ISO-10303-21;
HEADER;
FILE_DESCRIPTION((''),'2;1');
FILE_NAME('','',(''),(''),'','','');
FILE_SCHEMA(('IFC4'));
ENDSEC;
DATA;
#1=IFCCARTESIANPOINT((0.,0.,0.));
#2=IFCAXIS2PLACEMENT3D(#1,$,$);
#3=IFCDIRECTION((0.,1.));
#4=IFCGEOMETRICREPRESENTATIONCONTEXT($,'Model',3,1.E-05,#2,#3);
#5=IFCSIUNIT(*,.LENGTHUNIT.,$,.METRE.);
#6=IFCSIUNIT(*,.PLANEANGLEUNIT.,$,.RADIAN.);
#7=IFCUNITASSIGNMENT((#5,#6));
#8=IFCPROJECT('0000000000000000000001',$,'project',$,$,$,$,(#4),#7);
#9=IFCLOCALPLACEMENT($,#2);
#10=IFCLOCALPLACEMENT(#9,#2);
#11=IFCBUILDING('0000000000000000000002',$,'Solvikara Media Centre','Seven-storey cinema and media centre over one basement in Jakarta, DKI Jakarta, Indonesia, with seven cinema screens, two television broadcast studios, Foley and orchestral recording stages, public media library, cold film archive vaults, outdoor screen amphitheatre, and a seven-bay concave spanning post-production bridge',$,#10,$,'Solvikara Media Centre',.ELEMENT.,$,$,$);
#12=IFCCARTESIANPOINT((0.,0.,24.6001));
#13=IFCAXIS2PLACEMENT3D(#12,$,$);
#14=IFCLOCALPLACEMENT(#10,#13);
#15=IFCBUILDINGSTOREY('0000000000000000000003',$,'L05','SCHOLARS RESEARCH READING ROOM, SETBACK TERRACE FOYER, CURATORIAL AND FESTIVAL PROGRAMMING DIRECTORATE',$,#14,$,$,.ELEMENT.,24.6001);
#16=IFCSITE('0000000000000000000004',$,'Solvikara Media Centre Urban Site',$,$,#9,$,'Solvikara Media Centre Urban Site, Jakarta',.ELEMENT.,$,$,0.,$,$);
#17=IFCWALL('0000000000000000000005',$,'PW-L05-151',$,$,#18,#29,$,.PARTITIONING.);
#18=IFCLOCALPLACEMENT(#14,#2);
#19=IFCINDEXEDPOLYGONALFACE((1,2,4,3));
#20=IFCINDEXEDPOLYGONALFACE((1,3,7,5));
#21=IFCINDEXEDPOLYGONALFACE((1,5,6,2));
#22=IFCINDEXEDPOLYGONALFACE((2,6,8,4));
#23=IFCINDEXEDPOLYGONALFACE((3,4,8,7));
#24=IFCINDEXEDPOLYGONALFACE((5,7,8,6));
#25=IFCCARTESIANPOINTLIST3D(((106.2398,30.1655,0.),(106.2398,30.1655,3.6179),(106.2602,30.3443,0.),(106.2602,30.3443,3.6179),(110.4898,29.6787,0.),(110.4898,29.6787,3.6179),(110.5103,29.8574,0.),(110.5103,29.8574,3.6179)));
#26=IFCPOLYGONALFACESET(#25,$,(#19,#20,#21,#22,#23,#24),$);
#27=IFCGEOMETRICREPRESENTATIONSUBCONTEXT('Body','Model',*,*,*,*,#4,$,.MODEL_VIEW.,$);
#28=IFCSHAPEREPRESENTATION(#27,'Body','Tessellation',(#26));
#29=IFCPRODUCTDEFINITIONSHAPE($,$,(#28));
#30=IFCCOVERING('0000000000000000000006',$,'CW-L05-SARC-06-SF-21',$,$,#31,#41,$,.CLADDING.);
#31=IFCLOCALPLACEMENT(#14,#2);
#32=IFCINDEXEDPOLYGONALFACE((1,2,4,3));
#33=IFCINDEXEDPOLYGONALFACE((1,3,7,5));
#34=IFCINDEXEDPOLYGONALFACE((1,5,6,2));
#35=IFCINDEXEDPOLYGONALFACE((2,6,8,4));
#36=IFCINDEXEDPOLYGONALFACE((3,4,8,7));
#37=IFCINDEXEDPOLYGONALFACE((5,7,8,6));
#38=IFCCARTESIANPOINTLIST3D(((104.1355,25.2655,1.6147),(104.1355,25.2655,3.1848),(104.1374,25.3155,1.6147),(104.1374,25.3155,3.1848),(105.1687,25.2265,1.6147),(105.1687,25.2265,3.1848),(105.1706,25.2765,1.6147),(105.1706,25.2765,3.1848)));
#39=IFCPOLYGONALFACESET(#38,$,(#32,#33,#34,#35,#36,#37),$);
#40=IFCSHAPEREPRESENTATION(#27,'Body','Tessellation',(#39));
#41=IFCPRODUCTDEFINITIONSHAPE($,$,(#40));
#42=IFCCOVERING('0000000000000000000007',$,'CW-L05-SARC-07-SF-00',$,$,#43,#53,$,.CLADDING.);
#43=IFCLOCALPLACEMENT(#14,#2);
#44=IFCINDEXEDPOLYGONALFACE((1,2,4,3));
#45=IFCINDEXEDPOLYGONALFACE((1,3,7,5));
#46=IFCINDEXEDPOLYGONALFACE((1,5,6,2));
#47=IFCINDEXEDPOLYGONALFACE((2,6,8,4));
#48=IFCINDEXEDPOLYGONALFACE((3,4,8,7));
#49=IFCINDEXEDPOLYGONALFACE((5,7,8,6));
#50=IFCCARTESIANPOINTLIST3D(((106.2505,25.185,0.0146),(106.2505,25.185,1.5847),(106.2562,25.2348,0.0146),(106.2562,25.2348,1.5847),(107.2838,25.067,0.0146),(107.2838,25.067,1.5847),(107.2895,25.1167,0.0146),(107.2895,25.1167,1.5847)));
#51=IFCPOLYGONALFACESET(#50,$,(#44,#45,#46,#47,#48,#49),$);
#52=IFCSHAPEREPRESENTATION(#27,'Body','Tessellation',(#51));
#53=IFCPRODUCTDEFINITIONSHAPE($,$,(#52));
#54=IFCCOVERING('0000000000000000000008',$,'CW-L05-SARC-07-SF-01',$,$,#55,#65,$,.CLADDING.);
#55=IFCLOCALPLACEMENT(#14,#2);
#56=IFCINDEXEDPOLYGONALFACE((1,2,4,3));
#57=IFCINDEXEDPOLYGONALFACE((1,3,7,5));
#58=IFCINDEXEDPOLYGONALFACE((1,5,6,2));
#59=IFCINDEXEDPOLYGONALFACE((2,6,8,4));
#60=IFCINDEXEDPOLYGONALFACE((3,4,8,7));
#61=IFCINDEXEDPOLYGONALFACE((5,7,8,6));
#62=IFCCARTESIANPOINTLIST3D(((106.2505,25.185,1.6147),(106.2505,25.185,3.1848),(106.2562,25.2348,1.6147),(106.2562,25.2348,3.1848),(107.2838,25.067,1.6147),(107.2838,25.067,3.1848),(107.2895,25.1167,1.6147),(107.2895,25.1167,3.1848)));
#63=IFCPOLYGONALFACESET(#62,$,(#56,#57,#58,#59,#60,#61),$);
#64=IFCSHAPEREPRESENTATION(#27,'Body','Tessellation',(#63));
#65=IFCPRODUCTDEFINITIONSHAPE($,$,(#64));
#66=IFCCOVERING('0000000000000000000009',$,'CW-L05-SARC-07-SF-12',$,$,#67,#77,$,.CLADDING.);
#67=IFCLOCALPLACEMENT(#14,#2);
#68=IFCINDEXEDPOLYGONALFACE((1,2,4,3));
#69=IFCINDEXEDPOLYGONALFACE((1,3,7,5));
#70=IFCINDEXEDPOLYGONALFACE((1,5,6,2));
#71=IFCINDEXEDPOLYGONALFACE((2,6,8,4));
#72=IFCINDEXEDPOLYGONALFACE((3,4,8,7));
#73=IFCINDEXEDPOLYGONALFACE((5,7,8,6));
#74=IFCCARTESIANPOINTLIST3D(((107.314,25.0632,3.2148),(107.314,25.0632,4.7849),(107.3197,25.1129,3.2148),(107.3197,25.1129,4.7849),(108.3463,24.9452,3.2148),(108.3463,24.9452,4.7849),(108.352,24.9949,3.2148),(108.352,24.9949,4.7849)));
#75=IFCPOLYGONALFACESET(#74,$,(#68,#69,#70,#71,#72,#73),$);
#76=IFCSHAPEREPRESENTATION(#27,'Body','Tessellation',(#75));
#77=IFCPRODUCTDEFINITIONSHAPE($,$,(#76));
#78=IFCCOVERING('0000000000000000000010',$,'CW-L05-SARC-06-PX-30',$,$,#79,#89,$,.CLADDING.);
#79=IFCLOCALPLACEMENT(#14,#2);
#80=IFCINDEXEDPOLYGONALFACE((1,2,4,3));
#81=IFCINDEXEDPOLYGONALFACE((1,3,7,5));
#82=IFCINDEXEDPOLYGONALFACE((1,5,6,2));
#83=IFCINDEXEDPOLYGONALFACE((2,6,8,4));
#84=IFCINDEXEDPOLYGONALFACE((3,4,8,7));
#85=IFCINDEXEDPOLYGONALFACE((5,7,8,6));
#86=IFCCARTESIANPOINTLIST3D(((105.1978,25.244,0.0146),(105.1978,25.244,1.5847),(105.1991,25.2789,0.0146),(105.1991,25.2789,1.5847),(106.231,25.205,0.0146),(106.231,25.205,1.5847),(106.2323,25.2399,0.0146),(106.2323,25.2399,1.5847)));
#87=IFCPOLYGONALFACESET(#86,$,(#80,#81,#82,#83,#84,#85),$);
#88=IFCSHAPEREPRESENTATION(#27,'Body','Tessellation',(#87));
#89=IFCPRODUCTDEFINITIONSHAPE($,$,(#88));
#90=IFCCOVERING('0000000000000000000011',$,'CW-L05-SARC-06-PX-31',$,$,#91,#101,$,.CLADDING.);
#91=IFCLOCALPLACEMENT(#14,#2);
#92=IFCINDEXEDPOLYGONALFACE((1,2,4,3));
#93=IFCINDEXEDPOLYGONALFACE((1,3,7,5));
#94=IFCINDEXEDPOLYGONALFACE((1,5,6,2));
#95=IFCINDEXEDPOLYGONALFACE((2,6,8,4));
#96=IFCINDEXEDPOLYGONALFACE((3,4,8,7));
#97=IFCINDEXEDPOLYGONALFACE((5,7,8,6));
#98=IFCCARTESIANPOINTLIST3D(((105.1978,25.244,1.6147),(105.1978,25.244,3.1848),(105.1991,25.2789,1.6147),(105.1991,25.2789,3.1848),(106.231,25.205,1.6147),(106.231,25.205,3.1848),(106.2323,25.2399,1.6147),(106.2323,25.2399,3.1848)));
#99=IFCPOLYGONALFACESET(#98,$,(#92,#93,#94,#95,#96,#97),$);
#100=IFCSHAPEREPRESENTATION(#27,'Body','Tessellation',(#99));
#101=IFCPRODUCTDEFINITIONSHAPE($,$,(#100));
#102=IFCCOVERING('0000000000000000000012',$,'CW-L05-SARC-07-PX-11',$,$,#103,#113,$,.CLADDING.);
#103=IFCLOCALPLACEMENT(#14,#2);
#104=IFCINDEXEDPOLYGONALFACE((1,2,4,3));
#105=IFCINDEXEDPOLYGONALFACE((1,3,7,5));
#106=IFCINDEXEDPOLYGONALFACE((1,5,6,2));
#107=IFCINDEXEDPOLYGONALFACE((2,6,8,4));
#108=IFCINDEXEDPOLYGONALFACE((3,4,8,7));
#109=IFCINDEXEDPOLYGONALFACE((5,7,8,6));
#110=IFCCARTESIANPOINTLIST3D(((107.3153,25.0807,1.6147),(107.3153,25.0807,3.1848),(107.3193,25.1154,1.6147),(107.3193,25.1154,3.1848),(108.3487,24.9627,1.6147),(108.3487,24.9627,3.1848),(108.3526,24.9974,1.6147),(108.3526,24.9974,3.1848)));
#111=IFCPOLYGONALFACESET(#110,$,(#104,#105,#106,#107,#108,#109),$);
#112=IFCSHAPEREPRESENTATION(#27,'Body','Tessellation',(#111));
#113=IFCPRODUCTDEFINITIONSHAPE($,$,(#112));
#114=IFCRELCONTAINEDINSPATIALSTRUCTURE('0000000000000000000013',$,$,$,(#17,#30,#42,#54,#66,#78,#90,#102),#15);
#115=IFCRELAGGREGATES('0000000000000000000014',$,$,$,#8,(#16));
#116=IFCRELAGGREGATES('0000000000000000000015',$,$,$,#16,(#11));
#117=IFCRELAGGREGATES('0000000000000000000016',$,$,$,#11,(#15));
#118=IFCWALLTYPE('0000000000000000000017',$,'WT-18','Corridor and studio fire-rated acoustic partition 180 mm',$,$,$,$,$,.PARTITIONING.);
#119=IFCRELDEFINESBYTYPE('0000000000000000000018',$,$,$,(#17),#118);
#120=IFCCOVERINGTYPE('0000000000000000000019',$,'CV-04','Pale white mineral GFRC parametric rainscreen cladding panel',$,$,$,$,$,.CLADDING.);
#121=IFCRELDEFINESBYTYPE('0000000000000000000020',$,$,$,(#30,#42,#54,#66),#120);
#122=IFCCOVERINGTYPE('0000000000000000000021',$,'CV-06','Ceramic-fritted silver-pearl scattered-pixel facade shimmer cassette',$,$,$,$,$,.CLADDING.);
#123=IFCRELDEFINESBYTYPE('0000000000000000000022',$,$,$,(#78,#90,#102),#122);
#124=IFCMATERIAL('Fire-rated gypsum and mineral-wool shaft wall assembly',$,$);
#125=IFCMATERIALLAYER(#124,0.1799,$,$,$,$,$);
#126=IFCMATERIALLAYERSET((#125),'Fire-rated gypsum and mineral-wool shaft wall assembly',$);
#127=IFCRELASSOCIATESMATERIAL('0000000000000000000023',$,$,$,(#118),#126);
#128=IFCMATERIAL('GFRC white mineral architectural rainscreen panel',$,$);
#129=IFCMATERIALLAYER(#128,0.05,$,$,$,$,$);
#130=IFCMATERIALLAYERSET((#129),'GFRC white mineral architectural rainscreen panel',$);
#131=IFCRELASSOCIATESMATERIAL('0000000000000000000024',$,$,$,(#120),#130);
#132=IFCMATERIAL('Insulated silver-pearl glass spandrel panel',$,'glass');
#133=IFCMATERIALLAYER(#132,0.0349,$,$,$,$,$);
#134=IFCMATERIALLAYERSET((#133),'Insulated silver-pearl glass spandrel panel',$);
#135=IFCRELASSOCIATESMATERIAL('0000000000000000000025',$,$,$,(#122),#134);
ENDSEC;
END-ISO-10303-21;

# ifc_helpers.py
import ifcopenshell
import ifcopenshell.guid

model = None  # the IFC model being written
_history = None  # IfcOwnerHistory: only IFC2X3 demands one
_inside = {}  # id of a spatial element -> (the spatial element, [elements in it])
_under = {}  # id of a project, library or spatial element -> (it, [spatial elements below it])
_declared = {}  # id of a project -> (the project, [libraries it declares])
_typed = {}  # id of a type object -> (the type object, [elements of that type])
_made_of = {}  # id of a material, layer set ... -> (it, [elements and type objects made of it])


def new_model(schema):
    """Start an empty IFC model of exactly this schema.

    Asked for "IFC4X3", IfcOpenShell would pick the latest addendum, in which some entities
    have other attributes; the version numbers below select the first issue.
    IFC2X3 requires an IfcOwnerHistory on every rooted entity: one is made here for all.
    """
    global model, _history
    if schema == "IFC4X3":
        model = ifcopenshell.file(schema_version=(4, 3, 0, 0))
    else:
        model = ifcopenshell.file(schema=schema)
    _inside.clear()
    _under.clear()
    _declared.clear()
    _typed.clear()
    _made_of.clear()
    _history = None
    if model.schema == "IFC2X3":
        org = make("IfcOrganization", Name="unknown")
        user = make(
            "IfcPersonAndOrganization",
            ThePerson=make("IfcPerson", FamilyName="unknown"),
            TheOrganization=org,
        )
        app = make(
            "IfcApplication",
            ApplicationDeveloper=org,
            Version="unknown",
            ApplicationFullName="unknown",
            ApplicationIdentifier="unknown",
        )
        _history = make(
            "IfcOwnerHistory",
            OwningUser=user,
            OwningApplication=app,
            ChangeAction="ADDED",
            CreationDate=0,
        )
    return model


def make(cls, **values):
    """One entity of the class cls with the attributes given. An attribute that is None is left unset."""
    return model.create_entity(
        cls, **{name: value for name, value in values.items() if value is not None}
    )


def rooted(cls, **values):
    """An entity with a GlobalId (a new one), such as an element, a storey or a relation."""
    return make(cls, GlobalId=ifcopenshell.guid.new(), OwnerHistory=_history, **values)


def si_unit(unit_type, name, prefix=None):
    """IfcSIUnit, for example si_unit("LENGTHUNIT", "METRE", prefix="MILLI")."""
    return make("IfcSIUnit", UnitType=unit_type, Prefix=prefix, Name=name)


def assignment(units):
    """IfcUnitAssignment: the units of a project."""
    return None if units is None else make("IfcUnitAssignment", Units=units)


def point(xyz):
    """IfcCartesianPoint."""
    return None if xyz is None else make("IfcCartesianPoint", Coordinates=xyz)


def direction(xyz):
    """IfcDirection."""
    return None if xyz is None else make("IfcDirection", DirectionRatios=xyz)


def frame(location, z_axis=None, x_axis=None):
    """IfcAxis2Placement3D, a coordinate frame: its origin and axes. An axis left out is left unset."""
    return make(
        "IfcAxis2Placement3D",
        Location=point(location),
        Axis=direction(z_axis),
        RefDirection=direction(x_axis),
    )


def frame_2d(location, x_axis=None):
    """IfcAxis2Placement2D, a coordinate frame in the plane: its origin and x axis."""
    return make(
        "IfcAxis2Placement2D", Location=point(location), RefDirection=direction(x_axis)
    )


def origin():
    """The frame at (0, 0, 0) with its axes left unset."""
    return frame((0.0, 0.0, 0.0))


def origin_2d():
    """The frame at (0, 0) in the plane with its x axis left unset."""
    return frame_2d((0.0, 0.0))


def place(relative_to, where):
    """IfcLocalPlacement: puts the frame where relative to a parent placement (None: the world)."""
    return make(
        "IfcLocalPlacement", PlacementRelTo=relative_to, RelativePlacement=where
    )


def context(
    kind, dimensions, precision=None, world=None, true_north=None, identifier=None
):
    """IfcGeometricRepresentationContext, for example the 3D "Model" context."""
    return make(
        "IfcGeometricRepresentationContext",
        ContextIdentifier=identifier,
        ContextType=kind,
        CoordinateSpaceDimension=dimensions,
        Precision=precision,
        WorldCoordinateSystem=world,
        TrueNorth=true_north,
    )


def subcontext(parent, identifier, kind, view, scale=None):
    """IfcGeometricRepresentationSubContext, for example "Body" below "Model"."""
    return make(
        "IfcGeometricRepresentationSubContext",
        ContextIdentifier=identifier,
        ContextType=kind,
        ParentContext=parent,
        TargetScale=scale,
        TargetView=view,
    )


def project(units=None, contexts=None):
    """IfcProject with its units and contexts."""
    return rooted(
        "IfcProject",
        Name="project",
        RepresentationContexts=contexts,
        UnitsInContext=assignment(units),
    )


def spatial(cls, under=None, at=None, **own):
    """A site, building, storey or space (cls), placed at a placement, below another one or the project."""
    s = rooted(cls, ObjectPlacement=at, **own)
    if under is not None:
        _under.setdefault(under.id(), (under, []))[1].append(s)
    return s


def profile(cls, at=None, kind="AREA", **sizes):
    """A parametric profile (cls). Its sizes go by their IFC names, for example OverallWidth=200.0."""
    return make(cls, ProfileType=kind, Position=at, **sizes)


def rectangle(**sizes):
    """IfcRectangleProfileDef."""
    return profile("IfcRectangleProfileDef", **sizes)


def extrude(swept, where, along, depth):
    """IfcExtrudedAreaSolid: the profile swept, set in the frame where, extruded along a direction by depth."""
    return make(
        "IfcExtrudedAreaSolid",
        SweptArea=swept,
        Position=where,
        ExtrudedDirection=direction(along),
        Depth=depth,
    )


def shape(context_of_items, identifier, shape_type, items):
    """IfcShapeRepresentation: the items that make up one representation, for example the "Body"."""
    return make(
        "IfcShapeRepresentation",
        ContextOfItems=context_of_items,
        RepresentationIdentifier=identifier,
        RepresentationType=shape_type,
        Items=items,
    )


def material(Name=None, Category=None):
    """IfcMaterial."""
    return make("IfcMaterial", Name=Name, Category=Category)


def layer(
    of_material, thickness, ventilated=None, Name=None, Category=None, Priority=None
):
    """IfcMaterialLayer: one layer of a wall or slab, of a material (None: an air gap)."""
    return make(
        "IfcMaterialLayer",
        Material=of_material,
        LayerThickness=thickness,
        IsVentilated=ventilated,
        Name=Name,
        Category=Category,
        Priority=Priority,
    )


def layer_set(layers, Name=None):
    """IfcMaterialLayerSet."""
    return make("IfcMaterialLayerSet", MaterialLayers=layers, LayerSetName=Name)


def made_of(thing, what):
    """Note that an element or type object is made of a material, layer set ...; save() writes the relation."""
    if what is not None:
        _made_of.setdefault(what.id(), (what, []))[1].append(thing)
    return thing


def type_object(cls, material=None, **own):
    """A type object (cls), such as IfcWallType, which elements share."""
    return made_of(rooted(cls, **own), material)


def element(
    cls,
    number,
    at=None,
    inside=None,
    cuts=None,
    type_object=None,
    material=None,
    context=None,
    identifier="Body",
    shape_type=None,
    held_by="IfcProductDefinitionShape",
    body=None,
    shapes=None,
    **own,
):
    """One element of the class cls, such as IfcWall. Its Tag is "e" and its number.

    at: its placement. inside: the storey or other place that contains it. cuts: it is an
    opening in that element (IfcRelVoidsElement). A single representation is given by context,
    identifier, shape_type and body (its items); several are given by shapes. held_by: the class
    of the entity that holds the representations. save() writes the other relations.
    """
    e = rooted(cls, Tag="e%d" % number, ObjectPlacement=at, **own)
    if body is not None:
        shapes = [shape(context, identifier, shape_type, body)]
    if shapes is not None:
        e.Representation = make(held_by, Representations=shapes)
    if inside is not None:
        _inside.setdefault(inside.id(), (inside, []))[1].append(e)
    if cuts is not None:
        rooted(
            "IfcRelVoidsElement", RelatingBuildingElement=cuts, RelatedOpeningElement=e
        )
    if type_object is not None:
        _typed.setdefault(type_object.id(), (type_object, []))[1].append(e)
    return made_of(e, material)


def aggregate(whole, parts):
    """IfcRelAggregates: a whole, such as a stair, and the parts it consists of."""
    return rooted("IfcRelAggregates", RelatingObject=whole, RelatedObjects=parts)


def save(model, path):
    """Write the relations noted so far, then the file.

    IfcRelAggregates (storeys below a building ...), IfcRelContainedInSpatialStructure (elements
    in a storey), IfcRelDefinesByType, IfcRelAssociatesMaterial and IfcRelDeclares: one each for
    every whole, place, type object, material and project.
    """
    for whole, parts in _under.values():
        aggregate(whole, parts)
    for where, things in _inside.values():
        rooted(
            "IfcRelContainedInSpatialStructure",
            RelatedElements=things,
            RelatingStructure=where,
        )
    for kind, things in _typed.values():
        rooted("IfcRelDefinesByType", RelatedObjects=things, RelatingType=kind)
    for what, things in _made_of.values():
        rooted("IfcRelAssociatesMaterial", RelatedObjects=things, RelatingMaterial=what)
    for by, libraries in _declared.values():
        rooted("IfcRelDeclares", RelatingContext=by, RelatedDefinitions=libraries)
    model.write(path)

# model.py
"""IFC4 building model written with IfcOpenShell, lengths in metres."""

from ifc_helpers import new_model, si_unit, direction, frame, frame_2d, origin, origin_2d, place, context, subcontext, project, spatial, rectangle, extrude, material, layer, layer_set, type_object, element, save


model = new_model("IFC4")

# Units and contexts
model_context = context("Model", 3, precision=1e-05, world=origin(), true_north=direction((0.0, 1.0)))
body_context = subcontext(model_context, "Body", "Model", "MODEL_VIEW")
ifc_project = project(units=[si_unit("LENGTHUNIT", "METRE"), si_unit("PLANEANGLEUNIT", "RADIAN")], contexts=[model_context])

# Site, building, storey
site_placement = place(None, origin())
site = spatial("IfcSite", under=ifc_project, at=site_placement, Name="Solvikara Media Centre Urban Site", LongName="Solvikara Media Centre Urban Site, Jakarta", CompositionType="ELEMENT", RefElevation=0.0)
building_placement = place(site_placement, origin())
building = spatial("IfcBuilding", under=site, at=building_placement, Name="Solvikara Media Centre", Description="Seven-storey cinema and media centre over one basement in Jakarta, DKI Jakarta, Indonesia, with seven cinema screens, two television broadcast studios, Foley and orchestral recording stages, public media library, cold film archive vaults, outdoor screen amphitheatre, and a seven-bay concave spanning post-production bridge", LongName="Solvikara Media Centre", CompositionType="ELEMENT")
storey_placement = place(building_placement, frame((0.0, 0.0, 24.6001)))
storey = spatial("IfcBuildingStorey", under=building, at=storey_placement, Name="L05", Description="SCHOLARS RESEARCH READING ROOM, SETBACK TERRACE FOYER, CURATORIAL AND FESTIVAL PROGRAMMING DIRECTORATE", CompositionType="ELEMENT", Elevation=24.6001)

# Shared definitions
ifc_material_1 = material(Name="Insulated silver-pearl glass spandrel panel", Category="glass")

# Wall
ifc_material_2 = material(Name="Fire-rated gypsum and mineral-wool shaft wall assembly")
ifc_layer_1 = layer(ifc_material_2, 0.1799)
ifc_layer_set_1 = layer_set([ifc_layer_1], Name="Fire-rated gypsum and mineral-wool shaft wall assembly")
wall_type = type_object("IfcWallType", Name="WT-18", Description="Corridor and studio fire-rated acoustic partition 180 mm", PredefinedType="PARTITIONING", material=ifc_layer_set_1)
wall_placement = place(storey_placement, frame((106.25, 30.2549, 0.0), z_axis=(0.0, 0.0, 1.0), x_axis=(0.993504, -0.113801, 0.0)))
element("IfcWall", 1, at=wall_placement, inside=storey, type_object=wall_type, Name="PW-L05-151", PredefinedType="PARTITIONING", context=body_context, shape_type="SweptSolid", body=[
    extrude(rectangle(XDim=4.2778, YDim=0.1799, at=frame_2d((2.1389, 0.0))), origin(), (0.0, 0.0, 1.0), 3.6179),
])

# Coverings
ifc_material_3 = material(Name="GFRC white mineral architectural rainscreen panel")
ifc_layer_2 = layer(ifc_material_3, 0.05)
ifc_layer_set_2 = layer_set([ifc_layer_2], Name="GFRC white mineral architectural rainscreen panel")
covering_type_1 = type_object("IfcCoveringType", Name="CV-04", Description="Pale white mineral GFRC parametric rainscreen cladding panel", PredefinedType="CLADDING", material=ifc_layer_set_2)
covering_1_placement = place(storey_placement, frame((104.6531, 25.271, 1.6147), z_axis=(0.0, 0.0, 1.0), x_axis=(0.999288, -0.037725, 0.0)))
element("IfcCovering", 2, at=covering_1_placement, inside=storey, type_object=covering_type_1, Name="CW-L05-SARC-06-SF-21", PredefinedType="CLADDING", context=body_context, shape_type="SweptSolid", body=[
    extrude(rectangle(XDim=1.0339, YDim=0.05, at=origin_2d()), origin(), (0.0, 0.0, 1.0), 1.5701),
])
for number, where, z_axis, x_axis, name in (
    (3, (106.77, 25.1509, 0.0146), (0.0, 0.0, 1.0), (0.993538, -0.113498, 0.0), "CW-L05-SARC-07-SF-00"),
    (4, (106.77, 25.1509, 1.6147), (0.0, 0.0, 1.0), (0.993538, -0.113498, 0.0), "CW-L05-SARC-07-SF-01"),
):
    element("IfcCovering", number, at=place(storey_placement, frame(where, z_axis=z_axis, x_axis=x_axis)), inside=storey, type_object=covering_type_1, Name=name, PredefinedType="CLADDING", context=body_context, shape_type="SweptSolid", body=[
        extrude(rectangle(XDim=1.04, YDim=0.05, at=origin_2d()), origin(), (0.0, 0.0, 1.0), 1.5701),
    ])
covering_2_placement = place(storey_placement, frame((107.833, 25.0291, 3.2148), z_axis=(0.0, 0.0, 1.0), x_axis=(0.993526, -0.113602, 0.0)))
element("IfcCovering", 5, at=covering_2_placement, inside=storey, type_object=covering_type_1, Name="CW-L05-SARC-07-SF-12", PredefinedType="CLADDING", context=body_context, shape_type="SweptSolid", body=[
    extrude(rectangle(XDim=1.0391, YDim=0.05, at=origin_2d()), origin(), (0.0, 0.0, 1.0), 1.5701),
])
ifc_layer_3 = layer(ifc_material_1, 0.0349)
ifc_layer_set_3 = layer_set([ifc_layer_3], Name="Insulated silver-pearl glass spandrel panel")
covering_type_2 = type_object("IfcCoveringType", Name="CV-06", Description="Ceramic-fritted silver-pearl scattered-pixel facade shimmer cassette", PredefinedType="CLADDING", material=ifc_layer_set_3)
for number, where, z_axis, x_axis, name in (
    (6, (105.7151, 25.2419, 0.0146), (0.0, 0.0, 1.0), (0.999288, -0.037725, 0.0), "CW-L05-SARC-06-PX-30"),
    (7, (105.7151, 25.2419, 1.6147), (0.0, 0.0, 1.0), (0.999288, -0.037725, 0.0), "CW-L05-SARC-06-PX-31"),
):
    element("IfcCovering", number, at=place(storey_placement, frame(where, z_axis=z_axis, x_axis=x_axis)), inside=storey, type_object=covering_type_2, Name=name, PredefinedType="CLADDING", context=body_context, shape_type="SweptSolid", body=[
        extrude(rectangle(XDim=1.0339, YDim=0.0349, at=origin_2d()), origin(), (0.0, 0.0, 1.0), 1.5701),
    ])
covering_3_placement = place(storey_placement, frame((107.834, 25.0391, 1.6147), z_axis=(0.0, 0.0, 1.0), x_axis=(0.993538, -0.113498, 0.0)))
element("IfcCovering", 8, at=covering_3_placement, inside=storey, type_object=covering_type_2, Name="CW-L05-SARC-07-PX-11", PredefinedType="CLADDING", context=body_context, shape_type="SweptSolid", body=[
    extrude(rectangle(XDim=1.04, YDim=0.0349, at=origin_2d()), origin(), (0.0, 0.0, 1.0), 1.5701),
])

save(model, "model.ifc")
